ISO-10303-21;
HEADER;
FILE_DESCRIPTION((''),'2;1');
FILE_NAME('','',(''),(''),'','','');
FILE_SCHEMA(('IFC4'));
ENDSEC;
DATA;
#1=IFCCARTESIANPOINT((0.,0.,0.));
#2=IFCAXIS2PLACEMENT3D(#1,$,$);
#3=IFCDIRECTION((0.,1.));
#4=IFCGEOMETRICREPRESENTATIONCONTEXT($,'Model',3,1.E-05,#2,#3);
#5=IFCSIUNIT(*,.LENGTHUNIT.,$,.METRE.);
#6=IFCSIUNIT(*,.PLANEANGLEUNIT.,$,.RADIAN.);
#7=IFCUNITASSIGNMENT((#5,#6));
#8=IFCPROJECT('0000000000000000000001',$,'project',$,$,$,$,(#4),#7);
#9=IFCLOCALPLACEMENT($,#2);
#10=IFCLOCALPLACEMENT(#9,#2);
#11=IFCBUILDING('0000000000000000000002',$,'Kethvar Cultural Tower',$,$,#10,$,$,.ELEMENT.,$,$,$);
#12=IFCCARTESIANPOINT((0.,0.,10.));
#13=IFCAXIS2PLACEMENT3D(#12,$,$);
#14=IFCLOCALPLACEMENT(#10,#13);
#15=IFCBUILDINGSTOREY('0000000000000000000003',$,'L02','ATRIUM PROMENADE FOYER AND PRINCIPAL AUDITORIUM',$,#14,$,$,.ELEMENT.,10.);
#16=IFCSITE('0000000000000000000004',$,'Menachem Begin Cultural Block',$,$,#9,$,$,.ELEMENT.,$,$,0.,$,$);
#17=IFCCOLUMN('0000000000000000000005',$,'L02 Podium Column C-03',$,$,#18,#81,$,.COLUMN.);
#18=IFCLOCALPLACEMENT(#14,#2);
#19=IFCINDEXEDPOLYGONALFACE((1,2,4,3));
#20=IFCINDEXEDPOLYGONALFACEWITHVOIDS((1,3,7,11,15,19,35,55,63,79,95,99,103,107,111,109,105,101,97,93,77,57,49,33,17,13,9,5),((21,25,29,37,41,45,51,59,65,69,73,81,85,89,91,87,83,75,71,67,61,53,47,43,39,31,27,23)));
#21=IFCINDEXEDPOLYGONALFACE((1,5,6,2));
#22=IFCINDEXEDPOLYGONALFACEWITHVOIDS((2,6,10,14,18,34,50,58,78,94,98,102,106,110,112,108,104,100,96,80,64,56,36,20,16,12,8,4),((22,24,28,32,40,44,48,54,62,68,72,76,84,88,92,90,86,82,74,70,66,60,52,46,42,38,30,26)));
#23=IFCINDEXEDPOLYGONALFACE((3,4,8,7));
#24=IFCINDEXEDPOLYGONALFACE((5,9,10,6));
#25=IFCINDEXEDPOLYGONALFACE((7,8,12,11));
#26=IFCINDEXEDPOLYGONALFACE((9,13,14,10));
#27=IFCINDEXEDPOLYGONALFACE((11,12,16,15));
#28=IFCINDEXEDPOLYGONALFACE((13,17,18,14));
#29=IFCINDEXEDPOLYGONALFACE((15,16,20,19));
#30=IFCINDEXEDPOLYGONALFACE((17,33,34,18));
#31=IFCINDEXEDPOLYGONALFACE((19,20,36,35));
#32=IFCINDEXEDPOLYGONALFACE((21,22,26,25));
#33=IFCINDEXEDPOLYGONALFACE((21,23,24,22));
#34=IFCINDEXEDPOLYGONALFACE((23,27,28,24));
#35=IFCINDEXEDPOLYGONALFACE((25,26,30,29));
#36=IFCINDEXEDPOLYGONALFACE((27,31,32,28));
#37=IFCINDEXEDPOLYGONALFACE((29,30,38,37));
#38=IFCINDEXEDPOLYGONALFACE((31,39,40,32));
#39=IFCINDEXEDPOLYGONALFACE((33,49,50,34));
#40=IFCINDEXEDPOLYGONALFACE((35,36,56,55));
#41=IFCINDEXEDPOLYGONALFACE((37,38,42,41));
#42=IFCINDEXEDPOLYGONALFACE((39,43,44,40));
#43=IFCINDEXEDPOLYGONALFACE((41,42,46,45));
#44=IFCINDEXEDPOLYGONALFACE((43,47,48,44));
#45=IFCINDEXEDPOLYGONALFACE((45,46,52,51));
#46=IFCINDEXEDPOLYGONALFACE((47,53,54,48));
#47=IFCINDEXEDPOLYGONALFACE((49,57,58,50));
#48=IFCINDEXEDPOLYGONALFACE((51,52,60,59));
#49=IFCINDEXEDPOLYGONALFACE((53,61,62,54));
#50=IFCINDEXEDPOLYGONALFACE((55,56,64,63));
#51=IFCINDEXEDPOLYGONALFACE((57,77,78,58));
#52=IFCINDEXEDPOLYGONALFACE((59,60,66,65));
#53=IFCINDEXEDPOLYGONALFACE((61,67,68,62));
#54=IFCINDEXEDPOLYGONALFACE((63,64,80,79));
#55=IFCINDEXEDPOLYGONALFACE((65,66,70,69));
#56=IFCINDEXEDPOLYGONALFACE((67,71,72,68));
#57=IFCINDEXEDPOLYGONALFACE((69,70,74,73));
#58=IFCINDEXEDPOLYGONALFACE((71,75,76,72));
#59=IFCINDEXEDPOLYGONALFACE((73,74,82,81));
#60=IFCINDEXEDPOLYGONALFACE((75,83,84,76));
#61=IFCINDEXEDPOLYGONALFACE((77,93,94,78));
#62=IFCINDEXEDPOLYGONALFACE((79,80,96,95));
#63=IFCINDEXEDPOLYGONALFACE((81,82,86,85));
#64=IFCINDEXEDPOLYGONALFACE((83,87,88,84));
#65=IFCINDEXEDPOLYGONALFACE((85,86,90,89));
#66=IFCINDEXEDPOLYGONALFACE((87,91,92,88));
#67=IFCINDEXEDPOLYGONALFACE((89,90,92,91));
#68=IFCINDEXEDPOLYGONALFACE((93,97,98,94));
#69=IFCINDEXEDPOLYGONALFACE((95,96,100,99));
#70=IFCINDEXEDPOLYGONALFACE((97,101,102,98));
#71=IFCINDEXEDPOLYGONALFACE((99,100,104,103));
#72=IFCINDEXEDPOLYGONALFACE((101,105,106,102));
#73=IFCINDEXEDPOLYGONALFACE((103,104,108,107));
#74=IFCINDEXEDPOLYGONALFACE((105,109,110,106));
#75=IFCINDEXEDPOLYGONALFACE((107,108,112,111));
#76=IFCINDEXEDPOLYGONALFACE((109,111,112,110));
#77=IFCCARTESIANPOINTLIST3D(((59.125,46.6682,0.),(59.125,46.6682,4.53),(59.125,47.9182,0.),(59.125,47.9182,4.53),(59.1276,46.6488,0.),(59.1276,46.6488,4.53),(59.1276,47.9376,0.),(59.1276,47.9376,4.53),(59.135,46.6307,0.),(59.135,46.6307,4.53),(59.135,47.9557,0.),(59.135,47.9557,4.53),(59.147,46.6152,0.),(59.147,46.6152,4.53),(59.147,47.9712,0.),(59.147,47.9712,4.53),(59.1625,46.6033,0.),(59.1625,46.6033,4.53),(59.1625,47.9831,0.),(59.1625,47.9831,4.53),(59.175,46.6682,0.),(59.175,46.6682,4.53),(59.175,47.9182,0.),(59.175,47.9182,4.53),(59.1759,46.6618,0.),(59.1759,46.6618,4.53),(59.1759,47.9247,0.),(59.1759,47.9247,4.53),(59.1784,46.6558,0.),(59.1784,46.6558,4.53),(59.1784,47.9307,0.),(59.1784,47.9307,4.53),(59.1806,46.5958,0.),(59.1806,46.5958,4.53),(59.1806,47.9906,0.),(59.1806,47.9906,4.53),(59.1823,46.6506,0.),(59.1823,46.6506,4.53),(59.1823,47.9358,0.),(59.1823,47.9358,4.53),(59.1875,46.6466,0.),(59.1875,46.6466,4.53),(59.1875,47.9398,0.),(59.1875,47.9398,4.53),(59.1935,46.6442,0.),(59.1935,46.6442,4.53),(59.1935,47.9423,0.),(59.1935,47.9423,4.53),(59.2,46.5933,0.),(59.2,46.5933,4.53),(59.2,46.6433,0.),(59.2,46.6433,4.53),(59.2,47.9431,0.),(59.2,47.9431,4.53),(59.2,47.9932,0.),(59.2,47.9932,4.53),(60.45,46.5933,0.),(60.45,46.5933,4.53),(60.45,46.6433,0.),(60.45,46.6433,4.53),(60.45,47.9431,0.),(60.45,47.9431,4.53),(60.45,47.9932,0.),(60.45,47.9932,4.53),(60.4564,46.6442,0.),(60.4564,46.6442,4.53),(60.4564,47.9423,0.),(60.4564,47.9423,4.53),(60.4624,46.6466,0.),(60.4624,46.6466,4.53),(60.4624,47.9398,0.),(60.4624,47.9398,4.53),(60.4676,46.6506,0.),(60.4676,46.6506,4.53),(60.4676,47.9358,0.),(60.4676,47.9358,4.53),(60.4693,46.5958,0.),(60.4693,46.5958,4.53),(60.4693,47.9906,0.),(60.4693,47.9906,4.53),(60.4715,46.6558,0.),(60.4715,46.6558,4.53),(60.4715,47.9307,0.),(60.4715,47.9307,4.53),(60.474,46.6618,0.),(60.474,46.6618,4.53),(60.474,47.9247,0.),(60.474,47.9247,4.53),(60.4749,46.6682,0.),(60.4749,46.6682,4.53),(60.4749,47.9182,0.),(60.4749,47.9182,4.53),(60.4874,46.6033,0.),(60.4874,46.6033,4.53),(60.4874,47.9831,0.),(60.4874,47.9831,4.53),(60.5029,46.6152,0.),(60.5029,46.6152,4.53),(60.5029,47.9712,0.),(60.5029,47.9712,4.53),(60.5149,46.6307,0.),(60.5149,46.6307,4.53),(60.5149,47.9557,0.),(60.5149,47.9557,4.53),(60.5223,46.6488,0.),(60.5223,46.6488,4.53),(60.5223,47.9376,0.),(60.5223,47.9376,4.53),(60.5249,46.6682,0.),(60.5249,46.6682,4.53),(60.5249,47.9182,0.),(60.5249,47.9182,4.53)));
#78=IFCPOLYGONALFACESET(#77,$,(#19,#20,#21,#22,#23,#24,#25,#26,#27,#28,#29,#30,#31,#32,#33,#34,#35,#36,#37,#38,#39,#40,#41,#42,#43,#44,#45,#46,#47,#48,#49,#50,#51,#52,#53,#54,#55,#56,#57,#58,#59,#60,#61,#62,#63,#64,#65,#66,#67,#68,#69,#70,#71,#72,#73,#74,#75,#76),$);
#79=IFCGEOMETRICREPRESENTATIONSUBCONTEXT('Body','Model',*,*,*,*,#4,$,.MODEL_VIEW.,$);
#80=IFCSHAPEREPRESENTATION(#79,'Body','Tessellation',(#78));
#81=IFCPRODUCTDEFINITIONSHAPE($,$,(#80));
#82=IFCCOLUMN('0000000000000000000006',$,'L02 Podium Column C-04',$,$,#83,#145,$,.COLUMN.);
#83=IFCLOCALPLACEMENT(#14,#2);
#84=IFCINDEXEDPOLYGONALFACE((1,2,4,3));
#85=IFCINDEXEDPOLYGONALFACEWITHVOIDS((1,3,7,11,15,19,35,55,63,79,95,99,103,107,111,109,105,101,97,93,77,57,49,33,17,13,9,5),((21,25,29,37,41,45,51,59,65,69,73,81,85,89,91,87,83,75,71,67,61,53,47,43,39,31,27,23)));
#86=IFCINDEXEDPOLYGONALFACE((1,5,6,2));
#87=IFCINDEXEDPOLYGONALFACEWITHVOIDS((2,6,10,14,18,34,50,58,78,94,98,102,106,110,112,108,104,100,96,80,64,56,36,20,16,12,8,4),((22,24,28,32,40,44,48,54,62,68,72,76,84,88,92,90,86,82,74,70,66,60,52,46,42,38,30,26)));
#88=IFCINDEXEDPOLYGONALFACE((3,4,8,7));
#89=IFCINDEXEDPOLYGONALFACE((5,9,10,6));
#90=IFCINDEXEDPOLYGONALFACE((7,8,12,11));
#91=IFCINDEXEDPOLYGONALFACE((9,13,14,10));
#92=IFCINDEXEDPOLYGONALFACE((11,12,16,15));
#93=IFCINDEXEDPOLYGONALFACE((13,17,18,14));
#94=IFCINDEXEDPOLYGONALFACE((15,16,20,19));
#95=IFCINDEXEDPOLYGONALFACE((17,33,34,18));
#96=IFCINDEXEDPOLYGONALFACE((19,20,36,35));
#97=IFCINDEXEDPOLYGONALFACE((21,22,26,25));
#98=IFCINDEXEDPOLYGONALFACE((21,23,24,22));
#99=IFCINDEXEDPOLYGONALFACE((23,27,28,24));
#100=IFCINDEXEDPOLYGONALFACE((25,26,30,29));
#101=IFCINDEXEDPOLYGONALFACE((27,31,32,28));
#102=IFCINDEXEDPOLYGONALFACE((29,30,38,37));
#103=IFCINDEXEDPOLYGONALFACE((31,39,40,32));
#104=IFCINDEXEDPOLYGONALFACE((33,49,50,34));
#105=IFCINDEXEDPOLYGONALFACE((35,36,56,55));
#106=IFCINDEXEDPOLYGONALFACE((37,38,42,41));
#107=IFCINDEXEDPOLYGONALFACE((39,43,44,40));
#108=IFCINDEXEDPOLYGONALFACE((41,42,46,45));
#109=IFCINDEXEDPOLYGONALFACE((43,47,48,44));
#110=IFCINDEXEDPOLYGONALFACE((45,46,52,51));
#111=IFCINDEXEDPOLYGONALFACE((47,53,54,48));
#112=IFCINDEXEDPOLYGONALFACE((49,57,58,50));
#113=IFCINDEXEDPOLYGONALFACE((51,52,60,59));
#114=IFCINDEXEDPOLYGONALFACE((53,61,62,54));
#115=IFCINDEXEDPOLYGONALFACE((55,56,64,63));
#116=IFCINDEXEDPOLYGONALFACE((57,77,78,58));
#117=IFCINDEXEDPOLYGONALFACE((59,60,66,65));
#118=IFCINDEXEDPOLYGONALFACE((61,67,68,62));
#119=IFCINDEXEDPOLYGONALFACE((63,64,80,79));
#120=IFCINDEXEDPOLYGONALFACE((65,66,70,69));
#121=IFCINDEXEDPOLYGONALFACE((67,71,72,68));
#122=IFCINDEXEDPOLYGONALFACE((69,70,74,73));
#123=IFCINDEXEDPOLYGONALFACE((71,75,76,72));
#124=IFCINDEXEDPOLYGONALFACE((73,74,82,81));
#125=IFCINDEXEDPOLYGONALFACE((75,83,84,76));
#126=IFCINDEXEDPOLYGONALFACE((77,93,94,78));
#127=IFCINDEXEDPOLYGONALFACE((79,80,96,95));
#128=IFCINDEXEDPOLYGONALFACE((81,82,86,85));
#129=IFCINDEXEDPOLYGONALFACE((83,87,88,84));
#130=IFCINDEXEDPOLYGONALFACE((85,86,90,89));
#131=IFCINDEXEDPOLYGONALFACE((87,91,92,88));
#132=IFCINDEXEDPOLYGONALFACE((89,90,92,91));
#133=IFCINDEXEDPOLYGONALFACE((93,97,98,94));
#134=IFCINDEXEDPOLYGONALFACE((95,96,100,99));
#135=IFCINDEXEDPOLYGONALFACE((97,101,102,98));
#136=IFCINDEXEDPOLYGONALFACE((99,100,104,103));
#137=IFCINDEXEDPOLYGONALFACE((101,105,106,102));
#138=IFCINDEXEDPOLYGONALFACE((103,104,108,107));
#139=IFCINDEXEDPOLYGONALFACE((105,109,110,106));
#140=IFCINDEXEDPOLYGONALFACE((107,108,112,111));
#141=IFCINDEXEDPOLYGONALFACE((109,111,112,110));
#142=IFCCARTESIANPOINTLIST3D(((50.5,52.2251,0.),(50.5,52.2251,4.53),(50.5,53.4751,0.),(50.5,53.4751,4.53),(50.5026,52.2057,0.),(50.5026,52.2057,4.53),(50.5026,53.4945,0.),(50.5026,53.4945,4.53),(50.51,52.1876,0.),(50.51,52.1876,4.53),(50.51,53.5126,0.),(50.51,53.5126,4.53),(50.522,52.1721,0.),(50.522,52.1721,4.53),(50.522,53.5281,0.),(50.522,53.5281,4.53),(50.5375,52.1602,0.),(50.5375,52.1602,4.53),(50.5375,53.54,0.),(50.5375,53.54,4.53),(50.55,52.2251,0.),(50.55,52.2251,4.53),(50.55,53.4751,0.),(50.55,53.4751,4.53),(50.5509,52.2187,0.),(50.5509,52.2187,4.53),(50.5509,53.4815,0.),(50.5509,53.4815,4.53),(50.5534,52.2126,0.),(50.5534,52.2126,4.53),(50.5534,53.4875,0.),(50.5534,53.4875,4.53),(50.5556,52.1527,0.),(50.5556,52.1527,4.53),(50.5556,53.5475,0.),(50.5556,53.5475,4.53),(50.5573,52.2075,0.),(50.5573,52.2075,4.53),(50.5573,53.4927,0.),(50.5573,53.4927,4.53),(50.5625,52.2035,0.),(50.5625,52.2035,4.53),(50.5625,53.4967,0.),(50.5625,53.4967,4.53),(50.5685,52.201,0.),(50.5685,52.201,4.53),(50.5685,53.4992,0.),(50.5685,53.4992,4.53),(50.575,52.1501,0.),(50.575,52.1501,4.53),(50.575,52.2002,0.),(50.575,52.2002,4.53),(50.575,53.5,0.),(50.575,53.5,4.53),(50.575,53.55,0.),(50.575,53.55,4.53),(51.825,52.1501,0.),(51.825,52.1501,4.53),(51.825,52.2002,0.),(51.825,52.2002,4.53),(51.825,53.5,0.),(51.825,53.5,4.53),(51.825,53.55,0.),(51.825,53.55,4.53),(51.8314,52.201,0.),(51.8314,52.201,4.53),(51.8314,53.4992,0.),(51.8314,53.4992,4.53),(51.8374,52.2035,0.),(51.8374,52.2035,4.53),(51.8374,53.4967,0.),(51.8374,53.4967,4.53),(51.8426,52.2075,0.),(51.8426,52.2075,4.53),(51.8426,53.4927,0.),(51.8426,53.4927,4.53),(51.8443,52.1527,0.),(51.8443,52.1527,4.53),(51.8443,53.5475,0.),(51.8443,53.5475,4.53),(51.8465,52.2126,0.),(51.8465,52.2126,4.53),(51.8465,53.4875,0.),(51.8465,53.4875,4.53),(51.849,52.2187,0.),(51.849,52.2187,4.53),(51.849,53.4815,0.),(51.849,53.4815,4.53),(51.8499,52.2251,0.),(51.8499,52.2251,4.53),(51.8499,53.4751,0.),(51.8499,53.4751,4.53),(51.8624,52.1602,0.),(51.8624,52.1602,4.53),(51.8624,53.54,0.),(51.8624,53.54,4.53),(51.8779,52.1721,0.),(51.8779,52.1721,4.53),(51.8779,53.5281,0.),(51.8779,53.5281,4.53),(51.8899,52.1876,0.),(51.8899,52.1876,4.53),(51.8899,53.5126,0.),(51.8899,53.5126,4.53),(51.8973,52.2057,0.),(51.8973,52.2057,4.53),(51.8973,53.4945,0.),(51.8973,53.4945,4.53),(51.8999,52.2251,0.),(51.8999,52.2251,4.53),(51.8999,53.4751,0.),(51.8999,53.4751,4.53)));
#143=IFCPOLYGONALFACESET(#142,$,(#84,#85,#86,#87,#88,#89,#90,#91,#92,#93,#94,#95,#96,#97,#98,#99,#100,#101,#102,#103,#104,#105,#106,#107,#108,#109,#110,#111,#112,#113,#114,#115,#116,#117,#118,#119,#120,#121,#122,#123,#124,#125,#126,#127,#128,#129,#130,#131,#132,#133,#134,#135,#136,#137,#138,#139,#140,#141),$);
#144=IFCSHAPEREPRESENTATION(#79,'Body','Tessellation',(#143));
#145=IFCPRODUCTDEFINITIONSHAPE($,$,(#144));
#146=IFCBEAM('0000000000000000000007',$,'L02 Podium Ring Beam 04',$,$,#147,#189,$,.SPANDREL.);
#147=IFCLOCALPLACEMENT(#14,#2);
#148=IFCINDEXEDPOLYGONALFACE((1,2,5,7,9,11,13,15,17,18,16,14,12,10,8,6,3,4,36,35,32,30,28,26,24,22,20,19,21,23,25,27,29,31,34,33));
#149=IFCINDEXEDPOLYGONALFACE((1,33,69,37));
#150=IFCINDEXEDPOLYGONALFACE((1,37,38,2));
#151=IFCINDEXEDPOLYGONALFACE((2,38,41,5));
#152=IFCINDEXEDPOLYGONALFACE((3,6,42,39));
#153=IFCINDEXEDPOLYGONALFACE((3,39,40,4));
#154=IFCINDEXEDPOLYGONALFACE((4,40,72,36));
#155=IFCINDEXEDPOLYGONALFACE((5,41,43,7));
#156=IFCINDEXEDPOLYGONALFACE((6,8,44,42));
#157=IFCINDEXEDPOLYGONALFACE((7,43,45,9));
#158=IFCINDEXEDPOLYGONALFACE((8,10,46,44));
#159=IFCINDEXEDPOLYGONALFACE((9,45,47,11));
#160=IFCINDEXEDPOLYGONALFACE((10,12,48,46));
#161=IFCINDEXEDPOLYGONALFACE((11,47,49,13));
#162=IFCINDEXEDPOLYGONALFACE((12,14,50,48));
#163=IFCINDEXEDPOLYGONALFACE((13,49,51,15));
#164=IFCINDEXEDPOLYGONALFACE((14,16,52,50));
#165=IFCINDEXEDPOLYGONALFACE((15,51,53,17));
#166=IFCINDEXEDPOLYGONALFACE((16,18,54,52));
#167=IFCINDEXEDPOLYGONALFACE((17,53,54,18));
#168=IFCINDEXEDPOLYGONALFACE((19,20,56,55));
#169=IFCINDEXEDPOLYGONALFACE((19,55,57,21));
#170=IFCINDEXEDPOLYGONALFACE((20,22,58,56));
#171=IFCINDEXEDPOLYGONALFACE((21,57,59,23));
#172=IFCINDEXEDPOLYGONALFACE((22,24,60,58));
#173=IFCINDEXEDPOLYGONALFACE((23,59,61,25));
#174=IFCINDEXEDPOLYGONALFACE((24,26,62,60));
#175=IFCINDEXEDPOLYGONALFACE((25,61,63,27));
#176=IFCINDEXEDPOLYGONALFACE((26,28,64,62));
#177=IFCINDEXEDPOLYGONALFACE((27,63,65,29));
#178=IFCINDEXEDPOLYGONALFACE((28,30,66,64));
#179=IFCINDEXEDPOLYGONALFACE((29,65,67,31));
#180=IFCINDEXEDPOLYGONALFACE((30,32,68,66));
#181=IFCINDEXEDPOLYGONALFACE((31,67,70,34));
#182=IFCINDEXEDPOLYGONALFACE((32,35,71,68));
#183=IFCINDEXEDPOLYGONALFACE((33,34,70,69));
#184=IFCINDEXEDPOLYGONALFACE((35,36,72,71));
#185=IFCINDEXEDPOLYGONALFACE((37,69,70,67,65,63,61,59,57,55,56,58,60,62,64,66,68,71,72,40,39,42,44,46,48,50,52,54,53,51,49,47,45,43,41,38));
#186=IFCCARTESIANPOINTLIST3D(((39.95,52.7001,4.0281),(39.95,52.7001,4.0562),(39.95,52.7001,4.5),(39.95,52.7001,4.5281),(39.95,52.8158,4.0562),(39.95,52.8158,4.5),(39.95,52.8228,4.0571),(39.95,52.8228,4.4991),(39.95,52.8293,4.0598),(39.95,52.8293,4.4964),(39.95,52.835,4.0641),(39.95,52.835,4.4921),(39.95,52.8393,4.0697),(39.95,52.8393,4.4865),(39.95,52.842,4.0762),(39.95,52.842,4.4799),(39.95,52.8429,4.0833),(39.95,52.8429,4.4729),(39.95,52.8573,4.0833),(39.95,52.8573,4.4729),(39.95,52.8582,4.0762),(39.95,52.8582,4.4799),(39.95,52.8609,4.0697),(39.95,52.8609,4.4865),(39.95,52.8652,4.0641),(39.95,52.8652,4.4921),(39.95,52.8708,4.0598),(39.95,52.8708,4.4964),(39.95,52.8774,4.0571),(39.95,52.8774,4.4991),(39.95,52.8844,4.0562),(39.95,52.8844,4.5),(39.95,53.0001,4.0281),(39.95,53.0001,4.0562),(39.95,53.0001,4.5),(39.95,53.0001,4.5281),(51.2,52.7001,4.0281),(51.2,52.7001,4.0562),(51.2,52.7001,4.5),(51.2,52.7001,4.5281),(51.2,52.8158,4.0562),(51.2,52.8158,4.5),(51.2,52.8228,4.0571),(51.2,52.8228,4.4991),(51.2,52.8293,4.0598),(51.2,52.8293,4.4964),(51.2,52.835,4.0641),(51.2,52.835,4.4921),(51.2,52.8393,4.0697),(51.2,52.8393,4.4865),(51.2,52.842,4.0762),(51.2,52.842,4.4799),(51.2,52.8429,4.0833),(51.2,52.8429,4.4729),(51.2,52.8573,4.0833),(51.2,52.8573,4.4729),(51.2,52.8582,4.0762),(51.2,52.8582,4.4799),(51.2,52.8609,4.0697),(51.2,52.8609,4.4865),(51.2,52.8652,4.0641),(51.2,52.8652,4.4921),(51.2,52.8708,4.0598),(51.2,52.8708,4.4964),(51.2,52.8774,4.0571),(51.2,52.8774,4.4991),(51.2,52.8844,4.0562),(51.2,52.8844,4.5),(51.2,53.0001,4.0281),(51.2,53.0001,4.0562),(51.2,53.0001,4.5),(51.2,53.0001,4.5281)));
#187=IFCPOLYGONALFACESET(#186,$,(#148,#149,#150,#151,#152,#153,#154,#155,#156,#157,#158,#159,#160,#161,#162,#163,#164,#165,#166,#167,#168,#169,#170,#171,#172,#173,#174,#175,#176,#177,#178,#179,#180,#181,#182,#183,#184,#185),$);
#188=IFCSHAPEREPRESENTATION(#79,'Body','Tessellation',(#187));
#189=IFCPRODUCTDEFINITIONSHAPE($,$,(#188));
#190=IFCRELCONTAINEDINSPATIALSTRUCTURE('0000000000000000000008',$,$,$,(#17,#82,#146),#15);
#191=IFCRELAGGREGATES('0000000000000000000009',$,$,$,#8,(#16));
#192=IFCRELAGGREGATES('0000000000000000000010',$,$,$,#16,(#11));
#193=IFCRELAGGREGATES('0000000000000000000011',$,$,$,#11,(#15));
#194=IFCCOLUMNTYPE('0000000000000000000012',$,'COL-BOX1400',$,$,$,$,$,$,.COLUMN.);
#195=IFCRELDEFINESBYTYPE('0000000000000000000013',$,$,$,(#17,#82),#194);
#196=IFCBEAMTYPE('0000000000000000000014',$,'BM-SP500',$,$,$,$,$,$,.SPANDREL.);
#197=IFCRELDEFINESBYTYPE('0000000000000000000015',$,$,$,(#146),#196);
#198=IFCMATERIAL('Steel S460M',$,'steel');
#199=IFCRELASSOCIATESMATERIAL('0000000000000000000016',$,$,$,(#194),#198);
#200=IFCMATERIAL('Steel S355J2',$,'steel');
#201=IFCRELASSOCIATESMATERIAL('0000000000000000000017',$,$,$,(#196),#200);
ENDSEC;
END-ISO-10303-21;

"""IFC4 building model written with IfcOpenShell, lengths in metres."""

from ifc_helpers import new_model, si_unit, direction, frame, origin, origin_2d, place, context, subcontext, project, spatial, hollow_rectangle, i_section, extrude, source, transform, mapped, material, material_profile, profile_set, type_object, element, save


model = new_model("IFC4")

# Units and contexts
model_context = context("Model", 3, precision=1e-05, world=origin(), true_north=direction((0.0, 1.0)))
body_context = subcontext(model_context, "Body", "Model", "MODEL_VIEW")
ifc_project = project(units=[si_unit("LENGTHUNIT", "METRE"), si_unit("PLANEANGLEUNIT", "RADIAN")], contexts=[model_context])

# Site, building, storey
site_placement = place(None, origin())
site = spatial("IfcSite", under=ifc_project, at=site_placement, Name="Menachem Begin Cultural Block", CompositionType="ELEMENT", RefElevation=0.0)
building_placement = place(site_placement, origin())
building = spatial("IfcBuilding", under=site, at=building_placement, Name="Kethvar Cultural Tower", CompositionType="ELEMENT")
storey_placement = place(building_placement, frame((0.0, 0.0, 10.0)))
storey = spatial("IfcBuildingStorey", under=building, at=storey_placement, Name="L02", Description="ATRIUM PROMENADE FOYER AND PRINCIPAL AUDITORIUM", CompositionType="ELEMENT", Elevation=10.0)

# Columns
ifc_material_1 = material(Name="Steel S460M", Category="steel")
ifc_material_profile_1 = material_profile(ifc_material_1, hollow_rectangle(XDim=1.3999, YDim=1.3999, WallThickness=0.05, InnerFilletRadius=0.0249, OuterFilletRadius=0.075, at=origin_2d()), Name="Steel S460M — BOX1400x1400x50")
ifc_profile_set_1 = profile_set([ifc_material_profile_1], Name="Steel S460M — BOX1400x1400x50")
column_type = type_object("IfcColumnType", Name="COL-BOX1400", PredefinedType="COLUMN", material=ifc_profile_set_1)
shared_shape_1 = source(origin(), body_context, "Body", "SweptSolid", [
    extrude(hollow_rectangle(XDim=1.3999, YDim=1.3999, WallThickness=0.05, InnerFilletRadius=0.0249, OuterFilletRadius=0.075, at=origin_2d()), origin(), (0.0, 0.0, 1.0), 4.53),
])
for number, where, z_axis, x_axis, name in (
    (1, (59.825, 47.2932, 0.0), (0.0, 0.0, 1.0), (1.0, 0.0, 0.0), "L02 Podium Column C-03"),
    (2, (51.2, 52.8501, 0.0), (0.0, 0.0, 1.0), (1.0, 0.0, 0.0), "L02 Podium Column C-04"),
):
    element("IfcColumn", number, at=place(storey_placement, frame(where, z_axis=z_axis, x_axis=x_axis)), inside=storey, type_object=column_type, Name=name, PredefinedType="COLUMN", context=body_context, shape_type="MappedRepresentation", body=[
        mapped(shared_shape_1, transform((0.0, 0.0, 0.0), scale=1.0)),
    ])

# Beam
ifc_material_2 = material(Name="Steel S355J2", Category="steel")
ifc_material_profile_2 = material_profile(ifc_material_2, i_section(OverallWidth=0.3, OverallDepth=0.5, WebThickness=0.0144, FlangeThickness=0.0281, FilletRadius=0.0271, at=origin_2d()), Name="Steel S355J2 — HEB500")
ifc_profile_set_2 = profile_set([ifc_material_profile_2], Name="Steel S355J2 — HEB500")
beam_type_1 = type_object("IfcBeamType", Name="BM-SP500", PredefinedType="SPANDREL", material=ifc_profile_set_2)
shared_shape_2 = source(origin(), body_context, "Body", "SweptSolid", [
    extrude(i_section(OverallWidth=0.3, OverallDepth=0.5, WebThickness=0.0144, FlangeThickness=0.0281, FilletRadius=0.0271, at=origin_2d()), origin(), (0.0, 0.0, 1.0), 11.25),
])
beam_1_placement = place(storey_placement, frame((51.2, 52.8501, 4.2781), z_axis=(-1.0, 0.0, 0.0), x_axis=(0.0, -1.0, 0.0)))
element("IfcBeam", 3, at=beam_1_placement, inside=storey, type_object=beam_type_1, Name="L02 Podium Ring Beam 04", PredefinedType="SPANDREL", context=body_context, shape_type="MappedRepresentation", body=[
    mapped(shared_shape_2, transform((0.0, 0.0, 0.0), scale=1.0)),
])

save(model, "model.ifc")
